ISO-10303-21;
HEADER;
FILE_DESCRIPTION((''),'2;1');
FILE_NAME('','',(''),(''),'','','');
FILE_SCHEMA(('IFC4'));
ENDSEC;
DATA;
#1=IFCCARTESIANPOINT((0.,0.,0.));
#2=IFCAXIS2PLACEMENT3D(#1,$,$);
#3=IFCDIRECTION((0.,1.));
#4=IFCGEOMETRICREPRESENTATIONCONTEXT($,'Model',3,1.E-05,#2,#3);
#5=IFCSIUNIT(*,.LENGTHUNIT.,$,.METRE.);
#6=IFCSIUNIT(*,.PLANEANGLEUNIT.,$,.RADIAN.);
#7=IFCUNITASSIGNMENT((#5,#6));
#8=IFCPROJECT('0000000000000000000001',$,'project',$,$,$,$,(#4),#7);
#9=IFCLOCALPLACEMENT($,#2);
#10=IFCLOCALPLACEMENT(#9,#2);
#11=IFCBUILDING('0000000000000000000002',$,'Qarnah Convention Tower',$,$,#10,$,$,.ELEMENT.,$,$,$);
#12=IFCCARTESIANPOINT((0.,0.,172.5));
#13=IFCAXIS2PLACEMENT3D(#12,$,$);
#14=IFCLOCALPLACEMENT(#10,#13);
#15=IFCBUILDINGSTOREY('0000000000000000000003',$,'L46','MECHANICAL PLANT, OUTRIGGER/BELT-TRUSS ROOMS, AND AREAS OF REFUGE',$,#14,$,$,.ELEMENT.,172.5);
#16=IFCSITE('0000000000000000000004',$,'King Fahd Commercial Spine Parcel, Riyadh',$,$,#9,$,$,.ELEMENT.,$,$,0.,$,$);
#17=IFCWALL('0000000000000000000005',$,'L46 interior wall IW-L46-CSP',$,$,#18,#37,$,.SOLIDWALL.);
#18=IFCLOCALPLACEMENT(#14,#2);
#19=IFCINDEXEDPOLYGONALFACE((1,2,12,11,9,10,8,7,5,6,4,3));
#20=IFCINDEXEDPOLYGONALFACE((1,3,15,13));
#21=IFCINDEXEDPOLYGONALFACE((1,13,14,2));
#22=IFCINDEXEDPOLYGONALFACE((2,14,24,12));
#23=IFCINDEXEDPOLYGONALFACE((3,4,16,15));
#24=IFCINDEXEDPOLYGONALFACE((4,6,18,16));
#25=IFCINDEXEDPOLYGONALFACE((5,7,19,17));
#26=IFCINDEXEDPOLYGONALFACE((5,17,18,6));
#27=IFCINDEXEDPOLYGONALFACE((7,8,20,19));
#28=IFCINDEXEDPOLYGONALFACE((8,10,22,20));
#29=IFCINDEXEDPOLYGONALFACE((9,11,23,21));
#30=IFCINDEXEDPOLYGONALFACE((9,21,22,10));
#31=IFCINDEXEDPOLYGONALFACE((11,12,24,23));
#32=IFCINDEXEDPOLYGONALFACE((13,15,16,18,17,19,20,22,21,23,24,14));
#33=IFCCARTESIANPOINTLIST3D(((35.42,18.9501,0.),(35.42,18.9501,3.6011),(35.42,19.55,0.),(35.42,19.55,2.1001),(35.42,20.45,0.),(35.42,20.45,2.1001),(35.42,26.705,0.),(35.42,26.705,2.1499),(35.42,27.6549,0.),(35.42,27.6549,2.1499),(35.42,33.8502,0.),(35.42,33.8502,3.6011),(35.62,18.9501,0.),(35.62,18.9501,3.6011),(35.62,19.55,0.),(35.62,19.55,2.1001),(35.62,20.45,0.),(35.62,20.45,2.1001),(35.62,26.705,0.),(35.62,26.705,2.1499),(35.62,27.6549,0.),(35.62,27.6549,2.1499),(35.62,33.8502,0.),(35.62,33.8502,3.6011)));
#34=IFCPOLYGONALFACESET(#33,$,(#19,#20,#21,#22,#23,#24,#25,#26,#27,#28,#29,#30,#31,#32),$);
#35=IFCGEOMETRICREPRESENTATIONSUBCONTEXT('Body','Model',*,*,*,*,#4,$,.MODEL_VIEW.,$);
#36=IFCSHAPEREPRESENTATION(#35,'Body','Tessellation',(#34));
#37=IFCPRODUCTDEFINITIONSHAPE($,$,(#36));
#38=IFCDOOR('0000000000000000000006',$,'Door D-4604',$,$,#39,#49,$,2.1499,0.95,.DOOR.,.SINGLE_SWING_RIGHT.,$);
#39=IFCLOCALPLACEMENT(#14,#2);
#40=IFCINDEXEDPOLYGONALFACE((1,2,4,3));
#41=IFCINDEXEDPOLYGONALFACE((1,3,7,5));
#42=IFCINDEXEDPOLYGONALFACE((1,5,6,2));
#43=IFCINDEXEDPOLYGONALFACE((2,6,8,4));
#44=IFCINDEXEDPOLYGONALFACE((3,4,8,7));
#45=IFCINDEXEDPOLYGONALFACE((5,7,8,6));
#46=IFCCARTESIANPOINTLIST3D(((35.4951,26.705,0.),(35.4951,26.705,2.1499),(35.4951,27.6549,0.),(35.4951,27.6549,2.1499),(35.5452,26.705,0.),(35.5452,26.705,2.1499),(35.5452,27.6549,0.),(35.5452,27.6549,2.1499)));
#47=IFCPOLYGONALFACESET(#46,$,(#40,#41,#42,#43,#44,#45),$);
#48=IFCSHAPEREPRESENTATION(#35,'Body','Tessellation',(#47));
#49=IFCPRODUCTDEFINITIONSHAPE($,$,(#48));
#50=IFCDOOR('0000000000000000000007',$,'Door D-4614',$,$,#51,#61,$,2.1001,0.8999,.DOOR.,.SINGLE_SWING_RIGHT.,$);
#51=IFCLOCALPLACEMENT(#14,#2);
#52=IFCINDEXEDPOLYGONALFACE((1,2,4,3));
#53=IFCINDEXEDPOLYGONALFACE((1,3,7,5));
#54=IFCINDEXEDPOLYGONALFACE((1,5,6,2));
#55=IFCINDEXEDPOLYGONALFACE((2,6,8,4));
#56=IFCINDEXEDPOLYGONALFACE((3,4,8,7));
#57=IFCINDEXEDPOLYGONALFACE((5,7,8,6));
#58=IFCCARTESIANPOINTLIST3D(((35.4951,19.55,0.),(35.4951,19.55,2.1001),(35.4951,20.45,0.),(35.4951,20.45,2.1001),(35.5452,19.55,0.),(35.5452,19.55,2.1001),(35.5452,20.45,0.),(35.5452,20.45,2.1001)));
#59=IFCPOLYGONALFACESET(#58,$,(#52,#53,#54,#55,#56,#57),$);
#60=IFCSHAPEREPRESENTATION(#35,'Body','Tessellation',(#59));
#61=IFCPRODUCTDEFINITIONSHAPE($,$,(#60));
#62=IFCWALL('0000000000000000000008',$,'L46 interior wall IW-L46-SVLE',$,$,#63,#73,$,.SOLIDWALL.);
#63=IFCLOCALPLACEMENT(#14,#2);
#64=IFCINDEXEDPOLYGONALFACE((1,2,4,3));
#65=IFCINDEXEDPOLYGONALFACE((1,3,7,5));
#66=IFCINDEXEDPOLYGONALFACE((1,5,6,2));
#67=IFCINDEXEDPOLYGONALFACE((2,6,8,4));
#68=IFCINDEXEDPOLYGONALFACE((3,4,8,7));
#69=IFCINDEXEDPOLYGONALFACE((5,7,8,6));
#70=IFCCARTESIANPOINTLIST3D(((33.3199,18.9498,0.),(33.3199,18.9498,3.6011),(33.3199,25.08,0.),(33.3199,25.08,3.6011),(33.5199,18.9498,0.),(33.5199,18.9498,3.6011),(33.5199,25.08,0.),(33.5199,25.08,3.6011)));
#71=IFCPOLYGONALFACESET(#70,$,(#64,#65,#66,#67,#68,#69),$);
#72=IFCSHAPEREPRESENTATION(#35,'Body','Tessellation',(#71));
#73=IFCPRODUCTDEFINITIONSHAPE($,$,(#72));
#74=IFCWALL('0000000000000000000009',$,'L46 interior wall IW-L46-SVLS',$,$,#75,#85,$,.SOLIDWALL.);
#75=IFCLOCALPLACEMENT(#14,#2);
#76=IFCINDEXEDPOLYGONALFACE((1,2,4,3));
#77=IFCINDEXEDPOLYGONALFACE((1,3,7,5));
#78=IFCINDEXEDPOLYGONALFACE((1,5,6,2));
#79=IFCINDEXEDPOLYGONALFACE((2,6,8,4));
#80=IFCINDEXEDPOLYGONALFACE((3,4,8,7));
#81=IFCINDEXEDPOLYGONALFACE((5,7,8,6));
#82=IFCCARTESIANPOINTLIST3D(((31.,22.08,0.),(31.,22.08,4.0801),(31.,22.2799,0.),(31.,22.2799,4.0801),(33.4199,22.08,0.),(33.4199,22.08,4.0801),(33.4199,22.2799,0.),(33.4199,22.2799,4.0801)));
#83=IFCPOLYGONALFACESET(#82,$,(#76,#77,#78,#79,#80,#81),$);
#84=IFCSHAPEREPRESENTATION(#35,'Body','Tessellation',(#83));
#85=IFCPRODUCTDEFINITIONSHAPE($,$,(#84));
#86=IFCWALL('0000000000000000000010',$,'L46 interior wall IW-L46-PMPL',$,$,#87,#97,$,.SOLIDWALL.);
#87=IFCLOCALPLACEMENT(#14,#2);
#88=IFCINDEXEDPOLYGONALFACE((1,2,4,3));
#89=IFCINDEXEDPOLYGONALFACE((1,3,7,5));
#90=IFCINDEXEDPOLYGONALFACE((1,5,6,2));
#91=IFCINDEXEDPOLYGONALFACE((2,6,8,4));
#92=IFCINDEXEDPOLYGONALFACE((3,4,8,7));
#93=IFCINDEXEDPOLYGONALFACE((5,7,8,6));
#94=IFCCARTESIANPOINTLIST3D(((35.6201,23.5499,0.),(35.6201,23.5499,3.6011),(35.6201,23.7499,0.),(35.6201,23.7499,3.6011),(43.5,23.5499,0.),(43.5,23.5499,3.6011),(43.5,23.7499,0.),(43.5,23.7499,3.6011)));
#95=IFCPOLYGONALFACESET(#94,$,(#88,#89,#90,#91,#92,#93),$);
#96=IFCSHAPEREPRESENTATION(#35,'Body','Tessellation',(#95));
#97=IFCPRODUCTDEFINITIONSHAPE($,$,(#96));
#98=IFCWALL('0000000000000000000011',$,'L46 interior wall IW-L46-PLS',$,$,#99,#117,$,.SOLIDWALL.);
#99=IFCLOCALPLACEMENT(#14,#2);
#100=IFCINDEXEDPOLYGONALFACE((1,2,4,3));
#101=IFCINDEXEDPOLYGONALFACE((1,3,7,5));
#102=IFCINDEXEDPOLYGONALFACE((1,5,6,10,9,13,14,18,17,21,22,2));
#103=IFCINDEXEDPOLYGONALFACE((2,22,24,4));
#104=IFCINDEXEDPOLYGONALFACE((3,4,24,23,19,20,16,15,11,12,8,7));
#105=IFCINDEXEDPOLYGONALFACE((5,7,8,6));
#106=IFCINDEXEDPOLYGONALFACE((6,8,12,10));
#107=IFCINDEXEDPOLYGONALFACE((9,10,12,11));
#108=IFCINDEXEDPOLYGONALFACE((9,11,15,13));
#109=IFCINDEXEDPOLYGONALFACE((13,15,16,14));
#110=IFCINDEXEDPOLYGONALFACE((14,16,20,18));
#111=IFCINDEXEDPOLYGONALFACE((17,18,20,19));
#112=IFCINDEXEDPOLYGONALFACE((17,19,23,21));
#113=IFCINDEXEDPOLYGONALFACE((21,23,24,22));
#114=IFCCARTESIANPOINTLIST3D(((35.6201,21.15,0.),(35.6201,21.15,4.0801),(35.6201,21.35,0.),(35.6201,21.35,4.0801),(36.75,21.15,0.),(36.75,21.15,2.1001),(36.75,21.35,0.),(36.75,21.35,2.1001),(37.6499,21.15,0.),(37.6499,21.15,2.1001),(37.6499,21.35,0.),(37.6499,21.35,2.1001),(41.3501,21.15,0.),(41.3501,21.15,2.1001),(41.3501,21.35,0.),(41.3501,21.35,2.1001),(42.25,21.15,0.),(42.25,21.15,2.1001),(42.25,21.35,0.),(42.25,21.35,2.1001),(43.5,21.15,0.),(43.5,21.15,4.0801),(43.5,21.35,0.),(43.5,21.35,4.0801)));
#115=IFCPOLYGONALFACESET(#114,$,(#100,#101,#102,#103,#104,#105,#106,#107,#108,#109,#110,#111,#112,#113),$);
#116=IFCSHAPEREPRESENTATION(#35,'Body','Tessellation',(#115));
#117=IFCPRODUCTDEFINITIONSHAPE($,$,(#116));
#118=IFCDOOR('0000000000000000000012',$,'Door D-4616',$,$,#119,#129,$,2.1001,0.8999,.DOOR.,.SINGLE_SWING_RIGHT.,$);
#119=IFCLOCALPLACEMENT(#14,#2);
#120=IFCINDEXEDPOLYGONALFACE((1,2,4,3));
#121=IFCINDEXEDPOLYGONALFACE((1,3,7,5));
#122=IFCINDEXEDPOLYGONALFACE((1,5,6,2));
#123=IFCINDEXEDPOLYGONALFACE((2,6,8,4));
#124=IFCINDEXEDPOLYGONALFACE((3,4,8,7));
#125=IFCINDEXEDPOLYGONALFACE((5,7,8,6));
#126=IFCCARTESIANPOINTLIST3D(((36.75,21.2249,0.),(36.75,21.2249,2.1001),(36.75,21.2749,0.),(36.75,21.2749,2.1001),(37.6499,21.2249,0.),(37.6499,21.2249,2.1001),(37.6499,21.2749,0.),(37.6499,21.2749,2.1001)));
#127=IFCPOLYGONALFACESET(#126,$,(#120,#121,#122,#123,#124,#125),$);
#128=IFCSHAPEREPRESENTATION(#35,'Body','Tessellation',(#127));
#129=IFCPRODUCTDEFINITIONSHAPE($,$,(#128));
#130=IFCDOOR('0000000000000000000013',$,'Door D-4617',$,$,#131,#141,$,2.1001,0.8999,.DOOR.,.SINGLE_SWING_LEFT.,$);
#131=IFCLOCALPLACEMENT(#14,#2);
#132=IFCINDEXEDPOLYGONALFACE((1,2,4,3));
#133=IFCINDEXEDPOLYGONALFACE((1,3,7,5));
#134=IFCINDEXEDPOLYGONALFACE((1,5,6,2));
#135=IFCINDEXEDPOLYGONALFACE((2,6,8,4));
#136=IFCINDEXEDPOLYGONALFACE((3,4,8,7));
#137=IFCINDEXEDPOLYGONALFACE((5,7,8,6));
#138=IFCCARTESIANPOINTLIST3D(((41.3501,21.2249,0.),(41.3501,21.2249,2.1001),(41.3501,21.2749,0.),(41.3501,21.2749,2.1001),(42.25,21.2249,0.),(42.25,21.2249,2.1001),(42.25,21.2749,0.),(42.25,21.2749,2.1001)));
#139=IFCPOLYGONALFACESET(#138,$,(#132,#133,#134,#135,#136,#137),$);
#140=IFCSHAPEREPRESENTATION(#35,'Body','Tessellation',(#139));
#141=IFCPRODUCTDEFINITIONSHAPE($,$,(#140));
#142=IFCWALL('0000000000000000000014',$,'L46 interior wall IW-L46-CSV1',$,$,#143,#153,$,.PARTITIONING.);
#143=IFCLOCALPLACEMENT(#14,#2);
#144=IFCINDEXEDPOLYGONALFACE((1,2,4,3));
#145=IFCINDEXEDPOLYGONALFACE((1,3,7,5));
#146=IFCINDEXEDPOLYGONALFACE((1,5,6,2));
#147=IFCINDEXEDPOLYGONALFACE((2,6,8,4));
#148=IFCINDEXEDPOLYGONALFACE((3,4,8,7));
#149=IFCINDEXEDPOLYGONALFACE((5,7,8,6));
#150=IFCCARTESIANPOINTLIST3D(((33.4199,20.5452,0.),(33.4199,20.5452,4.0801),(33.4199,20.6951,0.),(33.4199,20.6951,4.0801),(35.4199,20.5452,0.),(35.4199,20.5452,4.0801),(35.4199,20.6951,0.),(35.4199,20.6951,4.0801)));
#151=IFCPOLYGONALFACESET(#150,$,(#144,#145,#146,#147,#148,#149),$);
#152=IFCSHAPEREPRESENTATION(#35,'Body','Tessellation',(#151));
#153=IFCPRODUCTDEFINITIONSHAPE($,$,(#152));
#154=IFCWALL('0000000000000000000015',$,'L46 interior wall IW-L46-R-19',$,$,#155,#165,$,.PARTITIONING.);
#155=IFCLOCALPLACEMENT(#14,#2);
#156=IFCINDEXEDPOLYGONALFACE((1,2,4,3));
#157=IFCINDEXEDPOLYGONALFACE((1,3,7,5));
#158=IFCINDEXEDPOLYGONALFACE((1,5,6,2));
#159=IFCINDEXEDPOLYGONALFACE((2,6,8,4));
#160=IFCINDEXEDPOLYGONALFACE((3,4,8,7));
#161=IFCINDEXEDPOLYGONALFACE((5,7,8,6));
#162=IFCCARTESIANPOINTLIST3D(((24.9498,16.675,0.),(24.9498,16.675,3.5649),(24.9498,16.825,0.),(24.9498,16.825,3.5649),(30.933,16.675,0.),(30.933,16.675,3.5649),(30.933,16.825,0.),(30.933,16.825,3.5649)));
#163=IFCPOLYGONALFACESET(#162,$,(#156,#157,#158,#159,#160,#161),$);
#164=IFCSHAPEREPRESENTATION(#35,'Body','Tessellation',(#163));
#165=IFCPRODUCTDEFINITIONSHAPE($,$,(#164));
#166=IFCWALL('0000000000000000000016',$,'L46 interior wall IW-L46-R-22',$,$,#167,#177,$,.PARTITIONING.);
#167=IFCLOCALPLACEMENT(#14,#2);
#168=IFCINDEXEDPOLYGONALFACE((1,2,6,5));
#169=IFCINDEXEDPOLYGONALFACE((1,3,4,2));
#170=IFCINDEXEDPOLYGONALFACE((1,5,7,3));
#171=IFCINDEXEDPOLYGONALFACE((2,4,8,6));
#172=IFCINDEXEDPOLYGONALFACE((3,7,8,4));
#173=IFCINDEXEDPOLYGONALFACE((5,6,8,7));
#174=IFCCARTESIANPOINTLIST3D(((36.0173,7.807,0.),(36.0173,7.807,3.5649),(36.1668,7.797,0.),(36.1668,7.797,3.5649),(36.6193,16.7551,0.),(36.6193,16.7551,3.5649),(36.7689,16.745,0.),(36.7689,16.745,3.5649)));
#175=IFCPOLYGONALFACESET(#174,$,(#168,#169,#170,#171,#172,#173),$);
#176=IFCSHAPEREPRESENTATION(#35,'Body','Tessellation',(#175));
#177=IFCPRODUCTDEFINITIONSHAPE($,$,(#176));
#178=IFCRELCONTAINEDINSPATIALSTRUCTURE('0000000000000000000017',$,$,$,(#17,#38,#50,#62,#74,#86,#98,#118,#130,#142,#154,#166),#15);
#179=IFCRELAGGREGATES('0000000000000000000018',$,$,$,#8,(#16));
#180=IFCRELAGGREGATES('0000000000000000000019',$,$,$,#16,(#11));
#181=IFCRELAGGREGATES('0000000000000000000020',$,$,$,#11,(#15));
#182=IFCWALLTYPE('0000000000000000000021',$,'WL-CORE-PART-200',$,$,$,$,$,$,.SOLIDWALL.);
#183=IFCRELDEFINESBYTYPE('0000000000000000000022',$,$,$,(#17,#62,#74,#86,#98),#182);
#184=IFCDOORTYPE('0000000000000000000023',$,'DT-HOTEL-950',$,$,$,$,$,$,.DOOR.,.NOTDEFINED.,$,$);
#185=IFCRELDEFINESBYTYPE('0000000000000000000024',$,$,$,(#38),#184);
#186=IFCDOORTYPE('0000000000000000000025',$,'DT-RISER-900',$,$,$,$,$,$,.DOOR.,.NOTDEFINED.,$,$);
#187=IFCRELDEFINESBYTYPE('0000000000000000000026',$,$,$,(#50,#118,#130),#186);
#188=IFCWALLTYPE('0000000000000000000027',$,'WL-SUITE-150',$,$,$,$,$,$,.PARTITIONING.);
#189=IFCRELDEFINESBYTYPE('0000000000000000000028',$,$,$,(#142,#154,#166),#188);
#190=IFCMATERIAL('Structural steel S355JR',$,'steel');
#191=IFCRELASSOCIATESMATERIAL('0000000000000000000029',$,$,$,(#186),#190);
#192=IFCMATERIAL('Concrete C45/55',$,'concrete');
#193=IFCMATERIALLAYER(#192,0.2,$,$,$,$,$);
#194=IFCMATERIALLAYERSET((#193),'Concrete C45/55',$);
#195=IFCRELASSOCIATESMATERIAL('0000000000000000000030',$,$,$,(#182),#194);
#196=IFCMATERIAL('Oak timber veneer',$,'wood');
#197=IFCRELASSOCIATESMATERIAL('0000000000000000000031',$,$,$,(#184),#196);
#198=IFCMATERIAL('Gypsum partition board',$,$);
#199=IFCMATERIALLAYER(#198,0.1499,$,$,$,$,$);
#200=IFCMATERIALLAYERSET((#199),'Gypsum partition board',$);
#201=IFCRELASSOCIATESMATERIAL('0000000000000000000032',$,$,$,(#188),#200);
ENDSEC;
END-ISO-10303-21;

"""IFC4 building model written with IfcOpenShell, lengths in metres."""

from ifc_helpers import new_model, si_unit, direction, frame, frame_2d, origin, place, context, subcontext, project, spatial, rectangle, extrude, material, layer, layer_set, type_object, element, fill, save


model = new_model("IFC4")

# Units and contexts
model_context = context("Model", 3, precision=1e-05, world=origin(), true_north=direction((0.0, 1.0)))
body_context = subcontext(model_context, "Body", "Model", "MODEL_VIEW")
ifc_project = project(units=[si_unit("LENGTHUNIT", "METRE"), si_unit("PLANEANGLEUNIT", "RADIAN")], contexts=[model_context])

# Site, building, storey
site_placement = place(None, origin())
site = spatial("IfcSite", under=ifc_project, at=site_placement, Name="King Fahd Commercial Spine Parcel, Riyadh", CompositionType="ELEMENT", RefElevation=0.0)
building_placement = place(site_placement, origin())
building = spatial("IfcBuilding", under=site, at=building_placement, Name="Qarnah Convention Tower", CompositionType="ELEMENT")
storey_placement = place(building_placement, frame((0.0, 0.0, 172.5)))
storey = spatial("IfcBuildingStorey", under=building, at=storey_placement, Name="L46", Description="MECHANICAL PLANT, OUTRIGGER/BELT-TRUSS ROOMS, AND AREAS OF REFUGE", CompositionType="ELEMENT", Elevation=172.5)

# Shared definitions
ifc_material_1 = material(Name="Structural steel S355JR", Category="steel")

# Wall, openings, doors
door_type_1 = type_object("IfcDoorType", Name="DT-RISER-900", OperationType="NOTDEFINED", PredefinedType="DOOR", material=ifc_material_1)
ifc_material_2 = material(Name="Concrete C45/55", Category="concrete")
ifc_layer_1 = layer(ifc_material_2, 0.2)
ifc_layer_set_1 = layer_set([ifc_layer_1], Name="Concrete C45/55")
wall_type_1 = type_object("IfcWallType", Name="WL-CORE-PART-200", PredefinedType="SOLIDWALL", material=ifc_layer_set_1)
wall_1_placement = place(storey_placement, frame((35.52, 18.95, 0.0), z_axis=(0.0, 0.0, 1.0), x_axis=(0.0, 1.0, 0.0)))
wall_1 = element("IfcWall", 1, at=wall_1_placement, inside=storey, type_object=wall_type_1, Name="L46 interior wall IW-L46-CSP", PredefinedType="SOLIDWALL", context=body_context, shape_type="SweptSolid", body=[
    extrude(rectangle(XDim=14.9001, YDim=0.2, at=frame_2d((7.4502, 0.0))), origin(), (0.0, 0.0, 1.0), 3.6011),
])
opening_1_placement = place(wall_1_placement, frame((7.7549, 0.0, 0.0)))
opening_1 = element("IfcOpeningElement", 2, at=opening_1_placement, cuts=wall_1, PredefinedType="OPENING", context=body_context, shape_type="SweptSolid", body=[
    extrude(rectangle(XDim=0.95, YDim=2.1499, at=frame_2d((0.4751, 1.075))), frame((0.0, 0.1099, 0.0), z_axis=(0.0, -1.0, 0.0), x_axis=(1.0, 0.0, 0.0)), (0.0, 0.0, 1.0), 0.22),
])
opening_2_placement = place(wall_1_placement, frame((0.6001, 0.0, 0.0)))
opening_2 = element("IfcOpeningElement", 3, at=opening_2_placement, cuts=wall_1, PredefinedType="OPENING", context=body_context, shape_type="SweptSolid", body=[
    extrude(rectangle(XDim=0.8999, YDim=2.1001, at=frame_2d((0.45, 1.05))), frame((0.0, 0.1099, 0.0), z_axis=(0.0, -1.0, 0.0), x_axis=(1.0, 0.0, 0.0)), (0.0, 0.0, 1.0), 0.22),
])
ifc_material_3 = material(Name="Oak timber veneer", Category="wood")
door_type_2 = type_object("IfcDoorType", Name="DT-HOTEL-950", OperationType="NOTDEFINED", PredefinedType="DOOR", material=ifc_material_3)
door_1_placement = place(opening_1_placement, origin())
door_1 = element("IfcDoor", 4, at=door_1_placement, inside=storey, type_object=door_type_2, Name="Door D-4604", OperationType="SINGLE_SWING_RIGHT", OverallHeight=2.1499, OverallWidth=0.95, PredefinedType="DOOR", context=body_context, shape_type="SweptSolid", body=[
    extrude(rectangle(XDim=0.95, YDim=2.1499, at=frame_2d((0.4751, 1.075))), frame((0.0, 0.0249, 0.0), z_axis=(0.0, -1.0, 0.0), x_axis=(1.0, 0.0, 0.0)), (0.0, 0.0, 1.0), 0.05),
])
fill(opening_1, door_1)
door_2_placement = place(opening_2_placement, origin())
door_2 = element("IfcDoor", 5, at=door_2_placement, inside=storey, type_object=door_type_1, Name="Door D-4614", OperationType="SINGLE_SWING_RIGHT", OverallHeight=2.1001, OverallWidth=0.8999, PredefinedType="DOOR", context=body_context, shape_type="SweptSolid", body=[
    extrude(rectangle(XDim=0.8999, YDim=2.1001, at=frame_2d((0.45, 1.05))), frame((0.0, 0.0249, 0.0), z_axis=(0.0, -1.0, 0.0), x_axis=(1.0, 0.0, 0.0)), (0.0, 0.0, 1.0), 0.05),
])
fill(opening_2, door_2)

# Walls
wall_2_placement = place(storey_placement, frame((33.4199, 18.95, 0.0), z_axis=(0.0, 0.0, 1.0), x_axis=(0.0, 1.0, 0.0)))
element("IfcWall", 6, at=wall_2_placement, inside=storey, type_object=wall_type_1, Name="L46 interior wall IW-L46-SVLE", PredefinedType="SOLIDWALL", context=body_context, shape_type="SweptSolid", body=[
    extrude(rectangle(XDim=6.1301, YDim=0.2, at=frame_2d((3.0649, 0.0))), origin(), (0.0, 0.0, 1.0), 3.6011),
])
wall_3_placement = place(storey_placement, frame((31.0, 22.1799, 0.0), z_axis=(0.0, 0.0, 1.0), x_axis=(1.0, 0.0, 0.0)))
element("IfcWall", 7, at=wall_3_placement, inside=storey, type_object=wall_type_1, Name="L46 interior wall IW-L46-SVLS", PredefinedType="SOLIDWALL", context=body_context, shape_type="SweptSolid", body=[
    extrude(rectangle(XDim=2.4199, YDim=0.2, at=frame_2d((1.21, 0.0))), origin(), (0.0, 0.0, 1.0), 4.0801),
])
wall_4_placement = place(storey_placement, frame((35.6201, 23.6499, 0.0), z_axis=(0.0, 0.0, 1.0), x_axis=(1.0, 0.0, 0.0)))
element("IfcWall", 8, at=wall_4_placement, inside=storey, type_object=wall_type_1, Name="L46 interior wall IW-L46-PMPL", PredefinedType="SOLIDWALL", context=body_context, shape_type="SweptSolid", body=[
    extrude(rectangle(XDim=7.8799, YDim=0.2, at=frame_2d((3.9399, 0.0))), origin(), (0.0, 0.0, 1.0), 3.6011),
])

# Wall, openings, doors
wall_5_placement = place(storey_placement, frame((35.6201, 21.25, 0.0), z_axis=(0.0, 0.0, 1.0), x_axis=(1.0, 0.0, 0.0)))
wall_5 = element("IfcWall", 9, at=wall_5_placement, inside=storey, type_object=wall_type_1, Name="L46 interior wall IW-L46-PLS", PredefinedType="SOLIDWALL", context=body_context, shape_type="SweptSolid", body=[
    extrude(rectangle(XDim=7.8799, YDim=0.2, at=frame_2d((3.9399, 0.0))), origin(), (0.0, 0.0, 1.0), 4.0801),
])
opening_3_placement = place(wall_5_placement, frame((1.1299, 0.0, 0.0)))
opening_3 = element("IfcOpeningElement", 10, at=opening_3_placement, cuts=wall_5, PredefinedType="OPENING", context=body_context, shape_type="SweptSolid", body=[
    extrude(rectangle(XDim=0.8999, YDim=2.1001, at=frame_2d((0.45, 1.05))), frame((0.0, 0.1099, 0.0), z_axis=(0.0, -1.0, 0.0), x_axis=(1.0, 0.0, 0.0)), (0.0, 0.0, 1.0), 0.22),
])
opening_4_placement = place(wall_5_placement, frame((5.73, 0.0, 0.0)))
opening_4 = element("IfcOpeningElement", 11, at=opening_4_placement, cuts=wall_5, PredefinedType="OPENING", context=body_context, shape_type="SweptSolid", body=[
    extrude(rectangle(XDim=0.8999, YDim=2.1001, at=frame_2d((0.45, 1.05))), frame((0.0, 0.1099, 0.0), z_axis=(0.0, -1.0, 0.0), x_axis=(1.0, 0.0, 0.0)), (0.0, 0.0, 1.0), 0.22),
])
door_3_placement = place(opening_3_placement, origin())
door_3 = element("IfcDoor", 12, at=door_3_placement, inside=storey, type_object=door_type_1, Name="Door D-4616", OperationType="SINGLE_SWING_RIGHT", OverallHeight=2.1001, OverallWidth=0.8999, PredefinedType="DOOR", context=body_context, shape_type="SweptSolid", body=[
    extrude(rectangle(XDim=0.8999, YDim=2.1001, at=frame_2d((0.45, 1.05))), frame((0.0, 0.0249, 0.0), z_axis=(0.0, -1.0, 0.0), x_axis=(1.0, 0.0, 0.0)), (0.0, 0.0, 1.0), 0.05),
])
fill(opening_3, door_3)
door_4_placement = place(opening_4_placement, origin())
door_4 = element("IfcDoor", 13, at=door_4_placement, inside=storey, type_object=door_type_1, Name="Door D-4617", OperationType="SINGLE_SWING_LEFT", OverallHeight=2.1001, OverallWidth=0.8999, PredefinedType="DOOR", context=body_context, shape_type="SweptSolid", body=[
    extrude(rectangle(XDim=0.8999, YDim=2.1001, at=frame_2d((0.45, 1.05))), frame((0.0, 0.0249, 0.0), z_axis=(0.0, -1.0, 0.0), x_axis=(1.0, 0.0, 0.0)), (0.0, 0.0, 1.0), 0.05),
])
fill(opening_4, door_4)

# Walls
ifc_material_4 = material(Name="Gypsum partition board")
ifc_layer_2 = layer(ifc_material_4, 0.1499)
ifc_layer_set_2 = layer_set([ifc_layer_2], Name="Gypsum partition board")
wall_type_2 = type_object("IfcWallType", Name="WL-SUITE-150", PredefinedType="PARTITIONING", material=ifc_layer_set_2)
wall_6_placement = place(storey_placement, frame((33.4199, 20.6201, 0.0), z_axis=(0.0, 0.0, 1.0), x_axis=(1.0, 0.0, 0.0)))
element("IfcWall", 14, at=wall_6_placement, inside=storey, type_object=wall_type_2, Name="L46 interior wall IW-L46-CSV1", PredefinedType="PARTITIONING", context=body_context, shape_type="SweptSolid", body=[
    extrude(rectangle(XDim=2.0, YDim=0.1499, at=frame_2d((1.0, 0.0))), origin(), (0.0, 0.0, 1.0), 4.0801),
])
wall_7_placement = place(storey_placement, frame((30.9331, 16.75, 0.0), z_axis=(0.0, 0.0, 1.0), x_axis=(-1.0, 0.0, 0.0)))
element("IfcWall", 15, at=wall_7_placement, inside=storey, type_object=wall_type_2, Name="L46 interior wall IW-L46-R-19", PredefinedType="PARTITIONING", context=body_context, shape_type="SweptSolid", body=[
    extrude(rectangle(XDim=5.9832, YDim=0.1499, at=frame_2d((2.9917, 0.0))), origin(), (0.0, 0.0, 1.0), 3.5649),
])
wall_8_placement = place(storey_placement, frame((36.092, 7.802, 0.0), z_axis=(0.0, 0.0, 1.0), x_axis=(0.067132, 0.997744, 0.0)))
element("IfcWall", 16, at=wall_8_placement, inside=storey, type_object=wall_type_2, Name="L46 interior wall IW-L46-R-22", PredefinedType="PARTITIONING", context=body_context, shape_type="SweptSolid", body=[
    extrude(rectangle(XDim=8.9683, YDim=0.1499, at=frame_2d((4.4841, 0.0))), origin(), (0.0, 0.0, 1.0), 3.5649),
])

save(model, "model.ifc")
